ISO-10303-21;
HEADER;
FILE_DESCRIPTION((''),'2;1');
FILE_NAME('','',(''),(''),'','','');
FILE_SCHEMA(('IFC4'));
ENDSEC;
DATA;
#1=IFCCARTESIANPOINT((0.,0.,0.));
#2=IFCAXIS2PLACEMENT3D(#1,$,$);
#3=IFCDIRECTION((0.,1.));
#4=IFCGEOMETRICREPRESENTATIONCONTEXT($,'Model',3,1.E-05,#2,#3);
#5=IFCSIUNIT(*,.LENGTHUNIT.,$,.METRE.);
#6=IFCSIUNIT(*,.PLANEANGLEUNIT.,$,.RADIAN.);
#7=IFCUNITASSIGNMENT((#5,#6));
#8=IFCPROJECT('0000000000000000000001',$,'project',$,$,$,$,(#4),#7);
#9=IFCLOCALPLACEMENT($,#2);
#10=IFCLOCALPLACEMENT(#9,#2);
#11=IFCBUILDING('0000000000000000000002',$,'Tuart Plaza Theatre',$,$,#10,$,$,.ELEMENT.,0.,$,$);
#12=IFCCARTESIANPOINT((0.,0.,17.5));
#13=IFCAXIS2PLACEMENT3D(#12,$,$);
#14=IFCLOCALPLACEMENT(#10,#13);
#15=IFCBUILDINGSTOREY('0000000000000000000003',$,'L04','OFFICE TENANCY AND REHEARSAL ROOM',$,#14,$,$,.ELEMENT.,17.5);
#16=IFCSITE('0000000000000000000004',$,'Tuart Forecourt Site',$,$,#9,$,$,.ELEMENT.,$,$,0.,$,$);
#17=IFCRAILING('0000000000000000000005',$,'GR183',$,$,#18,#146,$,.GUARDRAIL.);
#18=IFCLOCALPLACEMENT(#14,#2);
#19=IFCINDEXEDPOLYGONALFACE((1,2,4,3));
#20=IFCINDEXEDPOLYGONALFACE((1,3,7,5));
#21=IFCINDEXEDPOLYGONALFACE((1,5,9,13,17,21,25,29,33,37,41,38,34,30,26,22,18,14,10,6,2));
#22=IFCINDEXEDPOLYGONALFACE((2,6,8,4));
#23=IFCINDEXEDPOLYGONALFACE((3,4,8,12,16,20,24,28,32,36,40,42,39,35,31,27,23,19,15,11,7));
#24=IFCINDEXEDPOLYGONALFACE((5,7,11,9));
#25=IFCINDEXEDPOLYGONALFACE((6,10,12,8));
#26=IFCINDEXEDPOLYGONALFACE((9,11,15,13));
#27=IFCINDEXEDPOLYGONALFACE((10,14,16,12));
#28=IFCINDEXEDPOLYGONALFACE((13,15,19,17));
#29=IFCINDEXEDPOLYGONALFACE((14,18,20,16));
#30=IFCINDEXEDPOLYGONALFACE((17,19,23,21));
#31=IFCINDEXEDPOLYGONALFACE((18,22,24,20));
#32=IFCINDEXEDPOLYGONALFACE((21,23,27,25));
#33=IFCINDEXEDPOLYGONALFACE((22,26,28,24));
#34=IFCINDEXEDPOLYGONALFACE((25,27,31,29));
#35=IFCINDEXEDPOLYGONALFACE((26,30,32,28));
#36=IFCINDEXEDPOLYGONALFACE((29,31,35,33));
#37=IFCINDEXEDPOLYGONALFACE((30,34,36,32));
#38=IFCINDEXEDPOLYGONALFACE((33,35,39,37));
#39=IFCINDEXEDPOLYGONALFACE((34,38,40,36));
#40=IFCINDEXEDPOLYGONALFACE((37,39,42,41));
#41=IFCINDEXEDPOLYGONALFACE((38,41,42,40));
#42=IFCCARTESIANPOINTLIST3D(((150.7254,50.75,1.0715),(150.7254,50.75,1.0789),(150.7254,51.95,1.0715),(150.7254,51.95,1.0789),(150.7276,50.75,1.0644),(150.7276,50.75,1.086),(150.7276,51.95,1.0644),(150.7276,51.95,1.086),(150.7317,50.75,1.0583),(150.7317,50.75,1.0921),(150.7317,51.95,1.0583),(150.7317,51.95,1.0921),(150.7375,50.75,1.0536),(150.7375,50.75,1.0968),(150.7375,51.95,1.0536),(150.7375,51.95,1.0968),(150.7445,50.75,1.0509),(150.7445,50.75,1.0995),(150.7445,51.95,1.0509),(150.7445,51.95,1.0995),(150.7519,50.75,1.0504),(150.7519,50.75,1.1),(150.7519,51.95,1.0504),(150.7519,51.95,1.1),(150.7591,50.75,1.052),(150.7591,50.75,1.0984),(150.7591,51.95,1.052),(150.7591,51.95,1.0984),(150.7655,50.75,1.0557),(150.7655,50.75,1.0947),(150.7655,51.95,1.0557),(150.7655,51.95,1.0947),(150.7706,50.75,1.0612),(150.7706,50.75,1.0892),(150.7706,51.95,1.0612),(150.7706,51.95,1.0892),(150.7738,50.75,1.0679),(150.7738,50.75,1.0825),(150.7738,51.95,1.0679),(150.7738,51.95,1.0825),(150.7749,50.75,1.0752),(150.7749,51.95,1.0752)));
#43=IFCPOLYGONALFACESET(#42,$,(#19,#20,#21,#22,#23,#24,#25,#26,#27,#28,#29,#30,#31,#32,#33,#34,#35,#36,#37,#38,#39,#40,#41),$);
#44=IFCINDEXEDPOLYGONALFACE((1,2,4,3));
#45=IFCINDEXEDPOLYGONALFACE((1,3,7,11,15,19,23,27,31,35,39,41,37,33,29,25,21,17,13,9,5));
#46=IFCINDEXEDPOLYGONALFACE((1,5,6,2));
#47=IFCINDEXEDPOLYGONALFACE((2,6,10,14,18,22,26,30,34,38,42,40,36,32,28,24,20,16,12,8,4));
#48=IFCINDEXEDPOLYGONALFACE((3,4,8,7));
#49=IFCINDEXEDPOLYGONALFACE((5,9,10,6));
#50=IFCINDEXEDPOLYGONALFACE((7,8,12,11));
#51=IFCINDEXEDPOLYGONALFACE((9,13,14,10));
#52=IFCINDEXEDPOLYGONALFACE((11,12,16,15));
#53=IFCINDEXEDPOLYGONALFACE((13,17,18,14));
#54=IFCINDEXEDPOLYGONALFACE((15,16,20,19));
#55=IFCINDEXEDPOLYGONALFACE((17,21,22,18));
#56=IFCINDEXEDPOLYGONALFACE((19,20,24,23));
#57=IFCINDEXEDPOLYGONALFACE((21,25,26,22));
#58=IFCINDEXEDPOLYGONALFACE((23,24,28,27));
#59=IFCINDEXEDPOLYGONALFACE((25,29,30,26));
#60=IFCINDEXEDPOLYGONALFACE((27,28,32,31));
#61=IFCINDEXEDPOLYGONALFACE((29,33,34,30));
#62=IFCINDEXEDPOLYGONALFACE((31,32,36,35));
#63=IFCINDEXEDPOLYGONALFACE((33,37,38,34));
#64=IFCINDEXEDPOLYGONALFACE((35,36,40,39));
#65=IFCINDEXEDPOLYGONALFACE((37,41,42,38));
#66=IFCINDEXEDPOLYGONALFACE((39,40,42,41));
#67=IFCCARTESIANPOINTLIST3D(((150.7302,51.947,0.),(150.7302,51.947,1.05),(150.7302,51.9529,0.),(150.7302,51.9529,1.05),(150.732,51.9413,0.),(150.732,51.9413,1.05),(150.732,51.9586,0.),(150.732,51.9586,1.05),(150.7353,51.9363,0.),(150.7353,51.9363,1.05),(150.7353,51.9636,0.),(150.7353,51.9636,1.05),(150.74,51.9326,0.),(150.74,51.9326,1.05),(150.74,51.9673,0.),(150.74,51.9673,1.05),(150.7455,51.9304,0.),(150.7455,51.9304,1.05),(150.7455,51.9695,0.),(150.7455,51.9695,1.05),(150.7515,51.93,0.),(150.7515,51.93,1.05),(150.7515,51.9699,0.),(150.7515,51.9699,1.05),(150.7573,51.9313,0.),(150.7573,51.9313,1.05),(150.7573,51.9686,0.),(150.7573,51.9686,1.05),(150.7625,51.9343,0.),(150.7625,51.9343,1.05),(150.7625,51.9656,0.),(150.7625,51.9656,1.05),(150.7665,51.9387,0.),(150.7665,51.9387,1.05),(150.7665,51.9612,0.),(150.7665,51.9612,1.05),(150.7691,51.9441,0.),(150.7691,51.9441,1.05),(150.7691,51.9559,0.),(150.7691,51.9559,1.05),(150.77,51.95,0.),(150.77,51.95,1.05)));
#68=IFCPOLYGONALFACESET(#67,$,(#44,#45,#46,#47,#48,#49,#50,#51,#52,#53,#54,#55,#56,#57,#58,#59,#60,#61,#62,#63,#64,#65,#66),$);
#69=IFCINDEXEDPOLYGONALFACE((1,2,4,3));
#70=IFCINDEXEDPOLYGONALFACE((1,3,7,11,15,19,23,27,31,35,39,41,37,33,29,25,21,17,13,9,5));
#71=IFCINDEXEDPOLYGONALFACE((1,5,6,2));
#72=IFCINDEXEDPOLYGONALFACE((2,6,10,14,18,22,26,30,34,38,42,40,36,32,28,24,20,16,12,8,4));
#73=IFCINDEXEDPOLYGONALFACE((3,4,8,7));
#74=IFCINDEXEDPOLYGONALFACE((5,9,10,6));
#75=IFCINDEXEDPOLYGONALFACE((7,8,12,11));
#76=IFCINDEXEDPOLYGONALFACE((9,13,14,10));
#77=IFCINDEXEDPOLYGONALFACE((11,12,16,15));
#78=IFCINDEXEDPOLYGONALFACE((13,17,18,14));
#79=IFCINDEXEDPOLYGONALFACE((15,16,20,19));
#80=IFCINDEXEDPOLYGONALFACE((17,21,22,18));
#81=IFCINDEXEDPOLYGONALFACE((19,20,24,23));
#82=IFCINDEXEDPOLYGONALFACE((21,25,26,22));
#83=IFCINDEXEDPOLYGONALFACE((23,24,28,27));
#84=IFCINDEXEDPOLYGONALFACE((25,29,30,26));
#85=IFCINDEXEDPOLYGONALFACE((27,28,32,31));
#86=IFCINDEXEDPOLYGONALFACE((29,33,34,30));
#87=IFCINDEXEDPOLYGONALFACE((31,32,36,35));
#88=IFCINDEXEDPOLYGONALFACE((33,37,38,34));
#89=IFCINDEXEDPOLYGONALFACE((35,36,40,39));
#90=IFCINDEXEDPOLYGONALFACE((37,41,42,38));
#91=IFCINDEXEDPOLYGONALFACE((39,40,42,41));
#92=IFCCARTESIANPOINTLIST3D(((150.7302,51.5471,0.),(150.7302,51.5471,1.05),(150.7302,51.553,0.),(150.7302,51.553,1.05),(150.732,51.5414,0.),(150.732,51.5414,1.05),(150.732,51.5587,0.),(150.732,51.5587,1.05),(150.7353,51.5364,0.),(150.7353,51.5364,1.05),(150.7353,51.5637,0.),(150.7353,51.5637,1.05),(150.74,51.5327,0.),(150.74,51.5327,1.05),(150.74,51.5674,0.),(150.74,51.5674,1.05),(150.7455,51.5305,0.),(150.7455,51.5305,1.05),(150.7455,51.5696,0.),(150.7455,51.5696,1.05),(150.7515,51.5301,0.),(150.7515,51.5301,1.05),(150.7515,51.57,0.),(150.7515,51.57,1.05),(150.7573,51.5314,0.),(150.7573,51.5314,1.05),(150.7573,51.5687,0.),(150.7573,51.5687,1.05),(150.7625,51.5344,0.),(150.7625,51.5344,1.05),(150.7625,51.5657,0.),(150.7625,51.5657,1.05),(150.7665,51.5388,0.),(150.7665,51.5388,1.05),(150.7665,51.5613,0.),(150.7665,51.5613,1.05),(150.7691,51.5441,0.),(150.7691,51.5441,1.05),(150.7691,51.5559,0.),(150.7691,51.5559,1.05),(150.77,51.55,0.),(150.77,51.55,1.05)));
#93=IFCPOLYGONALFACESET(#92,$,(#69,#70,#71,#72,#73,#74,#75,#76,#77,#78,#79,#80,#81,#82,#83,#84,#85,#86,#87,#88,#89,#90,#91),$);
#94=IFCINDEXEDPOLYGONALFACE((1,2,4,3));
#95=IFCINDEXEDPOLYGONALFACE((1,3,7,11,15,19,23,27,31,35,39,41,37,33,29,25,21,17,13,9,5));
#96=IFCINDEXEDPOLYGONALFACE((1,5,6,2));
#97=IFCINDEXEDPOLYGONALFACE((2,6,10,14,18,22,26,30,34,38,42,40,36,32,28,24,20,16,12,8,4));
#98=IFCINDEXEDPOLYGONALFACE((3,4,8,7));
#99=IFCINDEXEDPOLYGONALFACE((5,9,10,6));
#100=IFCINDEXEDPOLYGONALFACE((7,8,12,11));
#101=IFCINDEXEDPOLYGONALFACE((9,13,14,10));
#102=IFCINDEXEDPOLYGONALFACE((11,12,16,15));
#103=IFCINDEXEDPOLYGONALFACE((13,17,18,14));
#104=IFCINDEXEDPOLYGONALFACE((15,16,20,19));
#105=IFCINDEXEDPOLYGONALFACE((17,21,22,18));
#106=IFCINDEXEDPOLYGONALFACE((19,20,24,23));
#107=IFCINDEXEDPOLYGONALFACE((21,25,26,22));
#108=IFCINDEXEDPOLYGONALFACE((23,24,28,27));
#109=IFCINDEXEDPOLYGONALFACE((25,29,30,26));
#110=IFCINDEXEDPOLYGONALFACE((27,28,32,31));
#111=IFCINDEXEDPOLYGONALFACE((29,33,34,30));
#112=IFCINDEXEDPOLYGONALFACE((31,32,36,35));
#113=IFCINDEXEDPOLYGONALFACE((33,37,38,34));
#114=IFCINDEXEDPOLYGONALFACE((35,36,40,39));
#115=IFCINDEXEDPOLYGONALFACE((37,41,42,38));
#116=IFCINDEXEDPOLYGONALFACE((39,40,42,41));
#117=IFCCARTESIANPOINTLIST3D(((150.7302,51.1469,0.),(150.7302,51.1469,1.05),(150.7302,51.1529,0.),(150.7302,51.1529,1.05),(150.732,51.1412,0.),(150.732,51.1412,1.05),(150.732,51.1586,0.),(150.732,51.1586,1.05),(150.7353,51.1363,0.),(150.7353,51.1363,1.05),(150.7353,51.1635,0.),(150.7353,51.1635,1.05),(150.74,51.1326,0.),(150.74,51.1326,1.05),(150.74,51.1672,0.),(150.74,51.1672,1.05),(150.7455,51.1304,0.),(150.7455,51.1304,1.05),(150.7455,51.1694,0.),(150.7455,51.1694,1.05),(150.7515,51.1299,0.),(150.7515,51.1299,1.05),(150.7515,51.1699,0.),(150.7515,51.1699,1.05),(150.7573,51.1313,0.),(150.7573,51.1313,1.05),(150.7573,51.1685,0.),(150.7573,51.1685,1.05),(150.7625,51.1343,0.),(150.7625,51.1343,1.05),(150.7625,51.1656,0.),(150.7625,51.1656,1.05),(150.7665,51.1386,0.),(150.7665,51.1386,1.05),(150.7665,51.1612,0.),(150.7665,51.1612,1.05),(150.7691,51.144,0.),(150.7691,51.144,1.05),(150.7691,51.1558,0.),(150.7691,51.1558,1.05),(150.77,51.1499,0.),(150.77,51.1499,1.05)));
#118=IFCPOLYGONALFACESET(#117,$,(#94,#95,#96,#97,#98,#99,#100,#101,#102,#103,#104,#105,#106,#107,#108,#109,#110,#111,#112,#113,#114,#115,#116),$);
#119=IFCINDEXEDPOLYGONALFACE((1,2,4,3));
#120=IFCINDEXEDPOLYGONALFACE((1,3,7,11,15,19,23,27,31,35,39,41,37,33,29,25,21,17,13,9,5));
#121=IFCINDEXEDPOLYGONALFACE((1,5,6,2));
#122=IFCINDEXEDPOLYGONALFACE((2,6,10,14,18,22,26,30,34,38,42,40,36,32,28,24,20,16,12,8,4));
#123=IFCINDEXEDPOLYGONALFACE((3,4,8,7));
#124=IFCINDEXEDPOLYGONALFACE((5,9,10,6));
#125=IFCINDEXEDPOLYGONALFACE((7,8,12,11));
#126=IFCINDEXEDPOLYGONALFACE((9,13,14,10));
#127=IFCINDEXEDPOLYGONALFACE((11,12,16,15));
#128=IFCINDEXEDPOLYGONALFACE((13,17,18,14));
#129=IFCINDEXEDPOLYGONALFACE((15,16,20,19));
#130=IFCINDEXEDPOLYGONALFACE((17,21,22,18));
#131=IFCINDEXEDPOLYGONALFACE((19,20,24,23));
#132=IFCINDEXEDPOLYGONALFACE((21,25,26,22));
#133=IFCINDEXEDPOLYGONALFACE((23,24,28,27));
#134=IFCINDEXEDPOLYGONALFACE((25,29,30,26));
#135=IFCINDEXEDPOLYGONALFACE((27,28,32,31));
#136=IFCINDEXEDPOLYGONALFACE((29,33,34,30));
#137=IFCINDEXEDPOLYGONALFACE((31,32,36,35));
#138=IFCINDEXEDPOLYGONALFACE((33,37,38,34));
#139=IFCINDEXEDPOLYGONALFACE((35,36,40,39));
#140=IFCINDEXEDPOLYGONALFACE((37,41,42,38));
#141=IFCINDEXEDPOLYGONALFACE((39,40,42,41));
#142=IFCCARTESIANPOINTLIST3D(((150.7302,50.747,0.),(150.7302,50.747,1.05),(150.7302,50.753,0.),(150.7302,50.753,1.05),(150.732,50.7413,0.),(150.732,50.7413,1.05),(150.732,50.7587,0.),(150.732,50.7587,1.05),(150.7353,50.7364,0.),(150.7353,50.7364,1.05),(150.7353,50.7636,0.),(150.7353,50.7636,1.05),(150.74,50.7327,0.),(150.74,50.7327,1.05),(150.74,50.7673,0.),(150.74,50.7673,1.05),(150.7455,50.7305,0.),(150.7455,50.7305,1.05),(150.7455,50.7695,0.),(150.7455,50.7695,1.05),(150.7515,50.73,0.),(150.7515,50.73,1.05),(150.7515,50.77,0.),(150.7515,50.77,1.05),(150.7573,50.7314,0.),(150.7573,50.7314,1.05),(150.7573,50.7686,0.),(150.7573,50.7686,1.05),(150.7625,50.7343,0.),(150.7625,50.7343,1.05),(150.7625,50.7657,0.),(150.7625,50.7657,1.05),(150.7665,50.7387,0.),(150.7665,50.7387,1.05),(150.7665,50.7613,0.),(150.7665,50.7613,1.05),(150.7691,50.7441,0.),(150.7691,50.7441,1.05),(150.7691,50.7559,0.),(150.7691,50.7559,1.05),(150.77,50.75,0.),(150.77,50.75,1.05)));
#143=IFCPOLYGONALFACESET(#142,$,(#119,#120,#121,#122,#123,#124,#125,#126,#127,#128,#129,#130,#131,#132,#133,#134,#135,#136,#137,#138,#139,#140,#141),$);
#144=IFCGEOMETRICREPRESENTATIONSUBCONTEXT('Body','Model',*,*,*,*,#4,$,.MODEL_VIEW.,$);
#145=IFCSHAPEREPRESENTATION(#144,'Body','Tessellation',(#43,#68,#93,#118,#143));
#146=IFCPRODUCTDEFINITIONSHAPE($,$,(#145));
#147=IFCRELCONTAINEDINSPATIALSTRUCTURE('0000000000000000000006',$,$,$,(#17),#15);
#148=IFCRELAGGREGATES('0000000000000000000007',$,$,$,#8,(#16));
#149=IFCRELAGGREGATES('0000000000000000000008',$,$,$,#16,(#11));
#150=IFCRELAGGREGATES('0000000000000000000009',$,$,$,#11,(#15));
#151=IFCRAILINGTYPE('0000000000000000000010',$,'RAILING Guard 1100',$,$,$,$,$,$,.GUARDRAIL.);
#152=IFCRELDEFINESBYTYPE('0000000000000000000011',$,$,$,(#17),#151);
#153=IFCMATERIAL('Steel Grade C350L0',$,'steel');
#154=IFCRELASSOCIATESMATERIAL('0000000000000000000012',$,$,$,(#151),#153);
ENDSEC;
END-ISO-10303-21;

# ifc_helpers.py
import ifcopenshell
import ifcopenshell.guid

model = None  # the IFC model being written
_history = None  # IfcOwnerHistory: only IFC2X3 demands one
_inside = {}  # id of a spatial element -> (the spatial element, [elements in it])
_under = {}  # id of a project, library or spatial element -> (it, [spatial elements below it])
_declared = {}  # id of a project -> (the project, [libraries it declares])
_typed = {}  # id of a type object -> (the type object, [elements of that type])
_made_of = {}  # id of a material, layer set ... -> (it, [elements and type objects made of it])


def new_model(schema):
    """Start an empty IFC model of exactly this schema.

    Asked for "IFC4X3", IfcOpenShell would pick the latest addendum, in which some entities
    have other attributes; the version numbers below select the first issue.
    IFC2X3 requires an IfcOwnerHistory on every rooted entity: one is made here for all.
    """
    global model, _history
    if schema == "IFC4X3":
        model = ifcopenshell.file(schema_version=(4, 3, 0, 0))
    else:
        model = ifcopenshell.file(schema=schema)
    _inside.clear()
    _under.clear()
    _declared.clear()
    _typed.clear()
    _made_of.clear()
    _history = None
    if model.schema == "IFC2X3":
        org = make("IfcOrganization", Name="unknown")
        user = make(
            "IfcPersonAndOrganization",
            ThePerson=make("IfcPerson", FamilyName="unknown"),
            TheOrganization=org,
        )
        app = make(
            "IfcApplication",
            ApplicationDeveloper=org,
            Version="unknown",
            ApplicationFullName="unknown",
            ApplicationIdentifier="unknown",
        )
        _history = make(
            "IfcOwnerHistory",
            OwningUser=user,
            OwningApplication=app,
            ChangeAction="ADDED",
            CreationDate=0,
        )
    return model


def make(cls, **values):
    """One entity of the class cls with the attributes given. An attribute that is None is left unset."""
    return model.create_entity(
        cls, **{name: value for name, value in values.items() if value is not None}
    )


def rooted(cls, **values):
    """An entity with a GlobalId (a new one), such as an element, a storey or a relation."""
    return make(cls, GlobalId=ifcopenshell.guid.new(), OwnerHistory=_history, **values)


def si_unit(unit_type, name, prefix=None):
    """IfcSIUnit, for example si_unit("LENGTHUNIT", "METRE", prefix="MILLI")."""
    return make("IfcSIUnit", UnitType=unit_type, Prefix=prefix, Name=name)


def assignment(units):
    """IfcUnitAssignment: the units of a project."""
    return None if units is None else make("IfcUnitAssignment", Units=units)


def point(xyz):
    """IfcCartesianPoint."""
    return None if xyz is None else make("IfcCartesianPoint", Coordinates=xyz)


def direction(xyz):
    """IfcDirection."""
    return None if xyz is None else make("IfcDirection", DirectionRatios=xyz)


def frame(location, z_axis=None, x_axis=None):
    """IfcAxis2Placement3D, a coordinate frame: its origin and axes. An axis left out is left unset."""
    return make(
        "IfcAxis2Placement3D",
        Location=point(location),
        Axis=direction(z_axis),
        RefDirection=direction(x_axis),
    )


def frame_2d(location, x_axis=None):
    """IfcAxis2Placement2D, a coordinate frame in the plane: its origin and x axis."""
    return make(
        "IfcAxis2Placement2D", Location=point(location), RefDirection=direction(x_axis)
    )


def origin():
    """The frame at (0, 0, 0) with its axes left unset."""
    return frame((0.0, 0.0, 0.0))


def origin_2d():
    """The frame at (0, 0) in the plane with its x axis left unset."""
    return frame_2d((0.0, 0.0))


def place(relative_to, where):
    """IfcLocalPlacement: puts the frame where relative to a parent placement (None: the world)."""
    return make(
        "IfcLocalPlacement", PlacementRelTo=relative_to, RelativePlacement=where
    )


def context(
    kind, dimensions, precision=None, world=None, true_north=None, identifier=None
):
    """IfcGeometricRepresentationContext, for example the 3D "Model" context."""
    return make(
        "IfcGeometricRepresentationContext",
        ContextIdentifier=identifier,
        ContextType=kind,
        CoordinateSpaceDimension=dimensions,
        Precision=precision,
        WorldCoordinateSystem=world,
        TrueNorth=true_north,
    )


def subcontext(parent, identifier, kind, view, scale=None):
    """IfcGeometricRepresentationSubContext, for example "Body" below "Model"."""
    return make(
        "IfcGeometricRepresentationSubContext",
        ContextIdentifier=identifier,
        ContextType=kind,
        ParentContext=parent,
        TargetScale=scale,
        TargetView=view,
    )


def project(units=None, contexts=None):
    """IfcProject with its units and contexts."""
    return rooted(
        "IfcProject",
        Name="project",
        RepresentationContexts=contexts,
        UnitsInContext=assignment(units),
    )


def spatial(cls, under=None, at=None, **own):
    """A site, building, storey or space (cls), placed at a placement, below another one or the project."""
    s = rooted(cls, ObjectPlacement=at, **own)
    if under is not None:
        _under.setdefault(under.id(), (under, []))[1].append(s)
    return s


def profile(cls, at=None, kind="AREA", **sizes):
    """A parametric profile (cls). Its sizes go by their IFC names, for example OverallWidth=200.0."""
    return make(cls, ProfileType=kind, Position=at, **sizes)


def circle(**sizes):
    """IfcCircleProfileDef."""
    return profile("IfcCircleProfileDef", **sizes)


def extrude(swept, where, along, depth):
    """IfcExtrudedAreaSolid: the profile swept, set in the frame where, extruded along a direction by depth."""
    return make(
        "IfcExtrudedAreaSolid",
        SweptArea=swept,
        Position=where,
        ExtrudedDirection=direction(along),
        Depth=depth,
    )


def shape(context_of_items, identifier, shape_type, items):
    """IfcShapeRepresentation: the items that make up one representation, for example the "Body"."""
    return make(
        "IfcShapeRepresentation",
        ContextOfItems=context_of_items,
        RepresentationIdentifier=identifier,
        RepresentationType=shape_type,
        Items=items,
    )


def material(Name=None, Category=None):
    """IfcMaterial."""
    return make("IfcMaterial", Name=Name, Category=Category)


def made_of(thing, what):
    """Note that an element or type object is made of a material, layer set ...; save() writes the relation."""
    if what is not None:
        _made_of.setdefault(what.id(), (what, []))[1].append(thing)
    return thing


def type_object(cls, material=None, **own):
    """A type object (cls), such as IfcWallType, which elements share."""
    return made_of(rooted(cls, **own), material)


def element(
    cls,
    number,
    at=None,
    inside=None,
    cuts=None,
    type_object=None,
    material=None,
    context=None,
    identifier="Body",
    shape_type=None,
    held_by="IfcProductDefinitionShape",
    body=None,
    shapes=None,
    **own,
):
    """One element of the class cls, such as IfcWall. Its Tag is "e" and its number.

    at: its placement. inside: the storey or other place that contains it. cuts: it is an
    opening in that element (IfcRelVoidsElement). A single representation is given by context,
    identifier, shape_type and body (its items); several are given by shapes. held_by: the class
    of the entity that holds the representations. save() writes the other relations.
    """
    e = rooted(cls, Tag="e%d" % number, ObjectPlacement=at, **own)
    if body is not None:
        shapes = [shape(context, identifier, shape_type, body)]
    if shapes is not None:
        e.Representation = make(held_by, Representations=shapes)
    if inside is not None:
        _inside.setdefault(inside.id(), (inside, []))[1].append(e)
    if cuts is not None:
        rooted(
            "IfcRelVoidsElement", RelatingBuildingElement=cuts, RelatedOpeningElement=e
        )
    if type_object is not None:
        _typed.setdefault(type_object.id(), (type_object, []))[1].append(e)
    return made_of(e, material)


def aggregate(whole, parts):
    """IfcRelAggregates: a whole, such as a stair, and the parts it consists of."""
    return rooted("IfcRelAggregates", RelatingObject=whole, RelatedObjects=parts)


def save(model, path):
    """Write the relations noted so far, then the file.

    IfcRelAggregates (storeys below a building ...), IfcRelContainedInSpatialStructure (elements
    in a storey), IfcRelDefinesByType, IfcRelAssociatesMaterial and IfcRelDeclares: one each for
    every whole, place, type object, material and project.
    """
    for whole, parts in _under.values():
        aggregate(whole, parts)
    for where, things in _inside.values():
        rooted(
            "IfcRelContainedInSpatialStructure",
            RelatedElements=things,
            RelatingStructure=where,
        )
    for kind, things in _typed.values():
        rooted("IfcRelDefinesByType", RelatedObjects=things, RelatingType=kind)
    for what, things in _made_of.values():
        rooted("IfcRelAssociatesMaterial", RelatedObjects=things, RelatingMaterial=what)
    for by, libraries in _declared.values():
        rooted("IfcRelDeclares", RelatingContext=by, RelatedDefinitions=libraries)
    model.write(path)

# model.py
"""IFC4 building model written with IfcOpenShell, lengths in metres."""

from ifc_helpers import new_model, si_unit, direction, frame, origin, origin_2d, place, context, subcontext, project, spatial, circle, extrude, material, type_object, element, save


model = new_model("IFC4")

# Units and contexts
model_context = context("Model", 3, precision=1e-05, world=origin(), true_north=direction((0.0, 1.0)))
body_context = subcontext(model_context, "Body", "Model", "MODEL_VIEW")
ifc_project = project(units=[si_unit("LENGTHUNIT", "METRE"), si_unit("PLANEANGLEUNIT", "RADIAN")], contexts=[model_context])

# Site, building, storey
site_placement = place(None, origin())
site = spatial("IfcSite", under=ifc_project, at=site_placement, Name="Tuart Forecourt Site", CompositionType="ELEMENT", RefElevation=0.0)
building_placement = place(site_placement, origin())
building = spatial("IfcBuilding", under=site, at=building_placement, Name="Tuart Plaza Theatre", CompositionType="ELEMENT", ElevationOfRefHeight=0.0)
storey_placement = place(building_placement, frame((0.0, 0.0, 17.5)))
storey = spatial("IfcBuildingStorey", under=building, at=storey_placement, Name="L04", Description="OFFICE TENANCY AND REHEARSAL ROOM", CompositionType="ELEMENT", Elevation=17.5)

# Railing
ifc_material_1 = material(Name="Steel Grade C350L0", Category="steel")
railing_type = type_object("IfcRailingType", Name="RAILING Guard 1100", PredefinedType="GUARDRAIL", material=ifc_material_1)
railing_1_placement = place(storey_placement, frame((150.75, 51.95, 0.0)))
element("IfcRailing", 1, at=railing_1_placement, inside=storey, type_object=railing_type, Name="GR183", PredefinedType="GUARDRAIL", context=body_context, shape_type="SweptSolid", body=[
    extrude(circle(Radius=0.0249, at=origin_2d()), frame((0.0, 0.0, 1.0752), z_axis=(0.0, -1.0, 0.0), x_axis=(1.0, 0.0, 0.0)), (0.0, 0.0, 1.0), 1.2),
    extrude(circle(Radius=0.02, at=origin_2d()), origin(), (0.0, 0.0, 1.0), 1.05),
    extrude(circle(Radius=0.02, at=origin_2d()), frame((0.0, -0.3999, 0.0)), (0.0, 0.0, 1.0), 1.05),
    extrude(circle(Radius=0.02, at=origin_2d()), frame((0.0, -0.8, 0.0)), (0.0, 0.0, 1.0), 1.05),
    extrude(circle(Radius=0.02, at=origin_2d()), frame((0.0, -1.2, 0.0)), (0.0, 0.0, 1.0), 1.05),
])

save(model, "model.ifc")
